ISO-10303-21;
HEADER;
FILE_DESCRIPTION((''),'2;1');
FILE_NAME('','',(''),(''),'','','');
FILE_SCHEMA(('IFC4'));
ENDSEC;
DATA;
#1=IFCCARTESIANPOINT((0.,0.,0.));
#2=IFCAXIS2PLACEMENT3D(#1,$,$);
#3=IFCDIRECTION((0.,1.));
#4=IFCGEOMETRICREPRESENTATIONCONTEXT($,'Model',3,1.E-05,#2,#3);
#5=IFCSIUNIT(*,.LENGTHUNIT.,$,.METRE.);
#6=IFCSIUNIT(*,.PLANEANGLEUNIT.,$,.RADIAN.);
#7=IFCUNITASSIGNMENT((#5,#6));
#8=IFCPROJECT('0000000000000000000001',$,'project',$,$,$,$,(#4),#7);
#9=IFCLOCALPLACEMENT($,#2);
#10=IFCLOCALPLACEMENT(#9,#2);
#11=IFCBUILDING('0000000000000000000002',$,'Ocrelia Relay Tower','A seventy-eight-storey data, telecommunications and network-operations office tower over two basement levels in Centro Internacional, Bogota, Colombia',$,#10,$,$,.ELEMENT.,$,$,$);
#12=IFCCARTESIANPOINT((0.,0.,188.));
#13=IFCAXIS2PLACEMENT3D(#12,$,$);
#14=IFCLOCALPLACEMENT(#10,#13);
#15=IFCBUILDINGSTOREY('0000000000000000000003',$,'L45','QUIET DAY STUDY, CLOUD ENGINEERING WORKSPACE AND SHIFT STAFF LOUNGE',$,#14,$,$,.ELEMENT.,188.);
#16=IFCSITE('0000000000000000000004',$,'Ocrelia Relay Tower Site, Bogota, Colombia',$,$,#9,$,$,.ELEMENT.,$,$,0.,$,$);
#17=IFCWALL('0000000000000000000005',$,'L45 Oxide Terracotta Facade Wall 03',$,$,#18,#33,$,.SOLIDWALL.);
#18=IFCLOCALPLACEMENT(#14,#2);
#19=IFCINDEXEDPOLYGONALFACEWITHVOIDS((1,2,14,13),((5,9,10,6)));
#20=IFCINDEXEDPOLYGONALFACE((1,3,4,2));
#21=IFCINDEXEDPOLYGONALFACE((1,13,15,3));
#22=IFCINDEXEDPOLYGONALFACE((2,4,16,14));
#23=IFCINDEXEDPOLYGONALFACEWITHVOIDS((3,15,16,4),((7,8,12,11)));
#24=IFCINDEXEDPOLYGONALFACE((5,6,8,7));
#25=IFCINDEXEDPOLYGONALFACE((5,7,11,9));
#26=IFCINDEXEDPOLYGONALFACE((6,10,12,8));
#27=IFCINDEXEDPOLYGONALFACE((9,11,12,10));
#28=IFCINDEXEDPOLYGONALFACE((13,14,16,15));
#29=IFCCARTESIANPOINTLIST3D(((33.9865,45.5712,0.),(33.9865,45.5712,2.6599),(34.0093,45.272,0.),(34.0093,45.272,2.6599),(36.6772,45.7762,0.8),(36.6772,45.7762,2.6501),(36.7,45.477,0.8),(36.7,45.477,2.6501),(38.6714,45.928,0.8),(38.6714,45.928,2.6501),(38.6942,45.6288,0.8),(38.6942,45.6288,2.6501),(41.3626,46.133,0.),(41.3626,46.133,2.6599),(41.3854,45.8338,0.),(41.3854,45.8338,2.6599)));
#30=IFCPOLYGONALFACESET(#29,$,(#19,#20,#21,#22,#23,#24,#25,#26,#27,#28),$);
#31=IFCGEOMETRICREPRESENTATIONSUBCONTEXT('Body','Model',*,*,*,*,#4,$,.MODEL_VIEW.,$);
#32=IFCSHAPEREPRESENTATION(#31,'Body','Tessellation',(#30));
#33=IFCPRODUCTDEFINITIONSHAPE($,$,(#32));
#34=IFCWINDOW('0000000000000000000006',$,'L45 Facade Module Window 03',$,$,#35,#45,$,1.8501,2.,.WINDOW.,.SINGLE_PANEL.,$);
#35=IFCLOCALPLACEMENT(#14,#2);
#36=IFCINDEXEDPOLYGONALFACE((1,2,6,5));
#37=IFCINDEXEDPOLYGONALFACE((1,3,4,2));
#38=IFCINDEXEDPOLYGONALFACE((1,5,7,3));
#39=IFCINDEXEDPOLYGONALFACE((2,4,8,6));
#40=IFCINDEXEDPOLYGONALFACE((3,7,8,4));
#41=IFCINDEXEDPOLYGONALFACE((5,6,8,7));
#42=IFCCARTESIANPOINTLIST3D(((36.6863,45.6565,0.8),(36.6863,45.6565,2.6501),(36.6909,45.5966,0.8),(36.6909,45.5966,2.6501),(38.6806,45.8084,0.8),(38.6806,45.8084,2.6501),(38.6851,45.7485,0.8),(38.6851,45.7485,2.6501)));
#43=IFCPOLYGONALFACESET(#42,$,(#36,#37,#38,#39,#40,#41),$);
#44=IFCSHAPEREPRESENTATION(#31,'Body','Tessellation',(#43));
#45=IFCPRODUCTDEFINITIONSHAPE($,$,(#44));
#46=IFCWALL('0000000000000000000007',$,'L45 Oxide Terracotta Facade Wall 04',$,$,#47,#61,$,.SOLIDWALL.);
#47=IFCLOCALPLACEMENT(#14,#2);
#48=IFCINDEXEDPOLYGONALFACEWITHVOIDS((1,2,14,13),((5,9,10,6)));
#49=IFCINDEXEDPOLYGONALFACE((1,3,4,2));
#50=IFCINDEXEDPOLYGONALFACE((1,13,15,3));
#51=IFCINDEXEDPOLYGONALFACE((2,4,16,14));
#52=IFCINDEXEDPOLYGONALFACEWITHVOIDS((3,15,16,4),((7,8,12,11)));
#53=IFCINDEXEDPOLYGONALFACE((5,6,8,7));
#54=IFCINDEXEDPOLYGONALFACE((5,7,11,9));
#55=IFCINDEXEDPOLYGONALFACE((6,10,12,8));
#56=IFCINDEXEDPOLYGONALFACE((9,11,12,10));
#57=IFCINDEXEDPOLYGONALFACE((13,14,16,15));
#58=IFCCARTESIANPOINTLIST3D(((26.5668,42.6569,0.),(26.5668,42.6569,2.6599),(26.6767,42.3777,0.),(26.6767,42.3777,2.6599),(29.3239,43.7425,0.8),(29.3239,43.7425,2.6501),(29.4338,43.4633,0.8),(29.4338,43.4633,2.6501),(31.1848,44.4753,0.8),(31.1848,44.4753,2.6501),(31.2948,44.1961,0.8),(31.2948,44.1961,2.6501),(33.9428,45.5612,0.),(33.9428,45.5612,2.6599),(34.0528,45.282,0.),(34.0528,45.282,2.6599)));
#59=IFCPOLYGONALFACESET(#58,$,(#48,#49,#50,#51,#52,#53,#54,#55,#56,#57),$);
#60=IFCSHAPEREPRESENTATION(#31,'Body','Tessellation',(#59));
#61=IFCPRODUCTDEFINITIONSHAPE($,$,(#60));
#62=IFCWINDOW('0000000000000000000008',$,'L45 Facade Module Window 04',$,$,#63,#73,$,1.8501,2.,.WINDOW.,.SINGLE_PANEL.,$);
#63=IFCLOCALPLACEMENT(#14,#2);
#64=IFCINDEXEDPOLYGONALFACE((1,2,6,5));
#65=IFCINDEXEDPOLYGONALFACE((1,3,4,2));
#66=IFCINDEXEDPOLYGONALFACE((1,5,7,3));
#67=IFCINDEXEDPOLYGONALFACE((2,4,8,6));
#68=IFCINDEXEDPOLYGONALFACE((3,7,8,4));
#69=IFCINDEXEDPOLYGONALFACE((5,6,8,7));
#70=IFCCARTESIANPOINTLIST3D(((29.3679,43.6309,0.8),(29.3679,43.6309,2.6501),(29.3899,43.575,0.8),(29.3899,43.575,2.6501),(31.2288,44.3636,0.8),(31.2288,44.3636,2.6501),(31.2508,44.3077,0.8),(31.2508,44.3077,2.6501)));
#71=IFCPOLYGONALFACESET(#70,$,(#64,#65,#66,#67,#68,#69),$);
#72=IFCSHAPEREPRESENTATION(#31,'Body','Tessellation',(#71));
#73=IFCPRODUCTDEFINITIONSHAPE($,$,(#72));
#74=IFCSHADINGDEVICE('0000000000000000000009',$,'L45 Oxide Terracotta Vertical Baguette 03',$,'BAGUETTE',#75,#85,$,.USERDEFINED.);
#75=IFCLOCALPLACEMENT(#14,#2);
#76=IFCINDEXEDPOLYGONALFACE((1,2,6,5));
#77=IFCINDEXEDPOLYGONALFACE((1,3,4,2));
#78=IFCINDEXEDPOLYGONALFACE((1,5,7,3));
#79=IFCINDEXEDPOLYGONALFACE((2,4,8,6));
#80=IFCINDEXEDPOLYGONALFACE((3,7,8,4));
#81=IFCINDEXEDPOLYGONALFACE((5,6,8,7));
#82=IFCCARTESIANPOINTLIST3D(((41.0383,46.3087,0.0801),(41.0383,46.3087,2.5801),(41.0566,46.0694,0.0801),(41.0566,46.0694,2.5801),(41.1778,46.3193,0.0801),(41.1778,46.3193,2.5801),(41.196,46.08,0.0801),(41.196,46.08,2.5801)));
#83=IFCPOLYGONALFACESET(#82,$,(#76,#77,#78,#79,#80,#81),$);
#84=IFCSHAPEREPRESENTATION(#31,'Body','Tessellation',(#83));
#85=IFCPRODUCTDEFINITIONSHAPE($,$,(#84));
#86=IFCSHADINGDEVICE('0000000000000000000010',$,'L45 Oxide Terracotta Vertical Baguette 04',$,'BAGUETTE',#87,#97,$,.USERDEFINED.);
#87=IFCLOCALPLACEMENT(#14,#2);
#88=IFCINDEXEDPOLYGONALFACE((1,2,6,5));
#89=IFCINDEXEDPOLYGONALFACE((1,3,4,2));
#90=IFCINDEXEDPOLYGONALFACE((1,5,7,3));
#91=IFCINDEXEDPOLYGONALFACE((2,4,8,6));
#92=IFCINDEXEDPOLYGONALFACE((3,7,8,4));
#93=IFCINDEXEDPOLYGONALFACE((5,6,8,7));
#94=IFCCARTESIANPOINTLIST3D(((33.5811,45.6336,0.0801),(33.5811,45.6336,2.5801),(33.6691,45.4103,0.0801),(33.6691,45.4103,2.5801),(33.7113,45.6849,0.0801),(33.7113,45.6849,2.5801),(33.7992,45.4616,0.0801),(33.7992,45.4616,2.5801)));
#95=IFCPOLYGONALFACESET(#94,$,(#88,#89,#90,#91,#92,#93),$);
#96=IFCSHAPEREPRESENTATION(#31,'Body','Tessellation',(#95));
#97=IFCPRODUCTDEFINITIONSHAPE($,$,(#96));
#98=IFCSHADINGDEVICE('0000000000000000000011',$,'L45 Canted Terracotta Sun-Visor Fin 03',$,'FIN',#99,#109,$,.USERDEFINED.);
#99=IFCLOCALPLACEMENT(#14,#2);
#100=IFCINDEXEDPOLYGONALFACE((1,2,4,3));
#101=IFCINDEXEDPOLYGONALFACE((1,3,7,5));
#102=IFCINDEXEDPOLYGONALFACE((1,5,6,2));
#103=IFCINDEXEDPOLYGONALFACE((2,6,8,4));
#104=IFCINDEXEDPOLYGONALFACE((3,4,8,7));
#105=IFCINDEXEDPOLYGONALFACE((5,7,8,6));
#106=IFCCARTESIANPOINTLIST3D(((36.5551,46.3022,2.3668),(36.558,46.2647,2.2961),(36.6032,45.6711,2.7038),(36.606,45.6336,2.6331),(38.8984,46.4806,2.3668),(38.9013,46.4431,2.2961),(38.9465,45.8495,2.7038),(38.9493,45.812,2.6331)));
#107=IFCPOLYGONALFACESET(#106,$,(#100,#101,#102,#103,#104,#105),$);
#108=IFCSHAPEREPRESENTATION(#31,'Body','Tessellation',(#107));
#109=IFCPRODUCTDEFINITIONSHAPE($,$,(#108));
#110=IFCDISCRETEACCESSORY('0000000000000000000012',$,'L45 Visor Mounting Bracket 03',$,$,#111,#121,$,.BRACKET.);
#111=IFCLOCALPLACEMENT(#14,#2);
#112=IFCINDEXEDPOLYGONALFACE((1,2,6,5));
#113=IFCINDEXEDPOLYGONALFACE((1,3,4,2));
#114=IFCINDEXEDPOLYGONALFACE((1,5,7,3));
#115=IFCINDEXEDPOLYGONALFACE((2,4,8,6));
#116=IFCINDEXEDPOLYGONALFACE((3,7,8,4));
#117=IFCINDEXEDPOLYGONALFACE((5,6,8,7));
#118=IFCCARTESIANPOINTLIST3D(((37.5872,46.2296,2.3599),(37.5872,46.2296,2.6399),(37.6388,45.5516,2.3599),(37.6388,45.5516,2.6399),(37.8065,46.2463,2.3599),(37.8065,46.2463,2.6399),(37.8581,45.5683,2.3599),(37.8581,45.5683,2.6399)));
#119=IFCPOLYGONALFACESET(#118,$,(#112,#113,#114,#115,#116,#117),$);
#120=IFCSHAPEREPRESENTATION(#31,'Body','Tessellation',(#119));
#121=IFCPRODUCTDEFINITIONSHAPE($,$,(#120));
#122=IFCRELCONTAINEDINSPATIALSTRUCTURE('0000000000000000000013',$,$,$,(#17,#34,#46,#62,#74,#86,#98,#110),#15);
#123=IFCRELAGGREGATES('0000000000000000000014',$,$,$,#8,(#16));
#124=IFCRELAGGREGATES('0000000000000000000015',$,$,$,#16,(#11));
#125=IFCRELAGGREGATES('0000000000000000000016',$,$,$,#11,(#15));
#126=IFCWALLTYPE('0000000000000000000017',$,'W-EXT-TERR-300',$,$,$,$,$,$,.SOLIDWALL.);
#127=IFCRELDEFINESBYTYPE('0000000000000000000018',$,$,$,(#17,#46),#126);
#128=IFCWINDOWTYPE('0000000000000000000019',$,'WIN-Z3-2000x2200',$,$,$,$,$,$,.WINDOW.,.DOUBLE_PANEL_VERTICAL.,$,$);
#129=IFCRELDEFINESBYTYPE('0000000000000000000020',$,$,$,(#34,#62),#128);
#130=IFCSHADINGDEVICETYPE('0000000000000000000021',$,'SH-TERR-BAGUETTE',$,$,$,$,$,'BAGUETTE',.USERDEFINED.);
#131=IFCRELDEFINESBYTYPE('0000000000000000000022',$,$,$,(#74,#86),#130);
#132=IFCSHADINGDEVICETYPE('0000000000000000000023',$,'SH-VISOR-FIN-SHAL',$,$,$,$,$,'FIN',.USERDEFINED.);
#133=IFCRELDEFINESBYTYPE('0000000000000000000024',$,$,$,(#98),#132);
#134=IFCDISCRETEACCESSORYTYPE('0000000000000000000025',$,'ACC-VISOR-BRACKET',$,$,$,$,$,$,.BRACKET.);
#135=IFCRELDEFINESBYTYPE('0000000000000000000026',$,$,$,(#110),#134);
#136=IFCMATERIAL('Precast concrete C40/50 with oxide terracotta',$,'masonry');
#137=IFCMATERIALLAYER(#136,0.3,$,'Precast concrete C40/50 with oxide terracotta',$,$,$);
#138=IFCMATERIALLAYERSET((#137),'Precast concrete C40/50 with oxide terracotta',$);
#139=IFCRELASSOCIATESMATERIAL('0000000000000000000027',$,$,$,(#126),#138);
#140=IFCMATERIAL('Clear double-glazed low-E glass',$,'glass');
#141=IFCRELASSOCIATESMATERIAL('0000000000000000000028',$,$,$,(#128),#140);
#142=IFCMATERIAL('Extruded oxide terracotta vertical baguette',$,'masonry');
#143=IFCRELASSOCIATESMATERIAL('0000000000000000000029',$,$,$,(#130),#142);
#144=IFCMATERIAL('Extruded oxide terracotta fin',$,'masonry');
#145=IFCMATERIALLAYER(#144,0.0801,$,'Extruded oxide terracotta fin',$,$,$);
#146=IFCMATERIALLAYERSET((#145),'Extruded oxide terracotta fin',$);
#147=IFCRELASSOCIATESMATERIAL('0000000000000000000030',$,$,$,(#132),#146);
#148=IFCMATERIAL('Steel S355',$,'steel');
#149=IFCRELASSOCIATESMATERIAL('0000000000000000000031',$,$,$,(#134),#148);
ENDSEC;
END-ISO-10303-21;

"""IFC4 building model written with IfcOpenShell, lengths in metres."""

from ifc_helpers import new_model, si_unit, direction, frame, frame_2d, origin, origin_2d, place, context, subcontext, project, spatial, rectangle, extrude, material, layer, layer_set, type_object, element, fill, save


model = new_model("IFC4")

# Units and contexts
model_context = context("Model", 3, precision=1e-05, world=origin(), true_north=direction((0.0, 1.0)))
body_context = subcontext(model_context, "Body", "Model", "MODEL_VIEW")
ifc_project = project(units=[si_unit("LENGTHUNIT", "METRE"), si_unit("PLANEANGLEUNIT", "RADIAN")], contexts=[model_context])

# Site, building, storey
site_placement = place(None, origin())
site = spatial("IfcSite", under=ifc_project, at=site_placement, Name="Ocrelia Relay Tower Site, Bogota, Colombia", CompositionType="ELEMENT", RefElevation=0.0)
building_placement = place(site_placement, origin())
building = spatial("IfcBuilding", under=site, at=building_placement, Name="Ocrelia Relay Tower", Description="A seventy-eight-storey data, telecommunications and network-operations office tower over two basement levels in Centro Internacional, Bogota, Colombia", CompositionType="ELEMENT")
storey_placement = place(building_placement, frame((0.0, 0.0, 188.0)))
storey = spatial("IfcBuildingStorey", under=building, at=storey_placement, Name="L45", Description="QUIET DAY STUDY, CLOUD ENGINEERING WORKSPACE AND SHIFT STAFF LOUNGE", CompositionType="ELEMENT", Elevation=188.0)

# Shared definitions
ifc_material_1 = material(Name="Steel S355", Category="steel")

# Walls, openings, windows
ifc_material_2 = material(Name="Precast concrete C40/50 with oxide terracotta", Category="masonry")
ifc_layer_1 = layer(ifc_material_2, 0.3, Name="Precast concrete C40/50 with oxide terracotta")
ifc_layer_set_1 = layer_set([ifc_layer_1], Name="Precast concrete C40/50 with oxide terracotta")
wall_type_1 = type_object("IfcWallType", Name="W-EXT-TERR-300", PredefinedType="SOLIDWALL", material=ifc_layer_set_1)
wall_1_placement = place(storey_placement, frame((41.374, 45.9834, 0.0), z_axis=(0.0, 0.0, 1.0), x_axis=(-0.997112, -0.075939, 0.0)))
wall_1 = element("IfcWall", 1, at=wall_1_placement, inside=storey, type_object=wall_type_1, Name="L45 Oxide Terracotta Facade Wall 03", PredefinedType="SOLIDWALL", context=body_context, shape_type="SweptSolid", body=[
    extrude(rectangle(XDim=7.3975, YDim=0.3, at=frame_2d((3.6987, 0.0))), origin(), (0.0, 0.0, 1.0), 2.6599),
])
opening_1_placement = place(wall_1_placement, frame((2.699, 0.0, 0.8)))
opening_1 = element("IfcOpeningElement", 2, at=opening_1_placement, cuts=wall_1, PredefinedType="OPENING", context=body_context, shape_type="SweptSolid", body=[
    extrude(rectangle(XDim=2.0, YDim=1.8501, at=frame_2d((1.0, 0.925))), frame((0.0, 0.1602, 0.0), z_axis=(0.0, -1.0, 0.0), x_axis=(1.0, 0.0, 0.0)), (0.0, 0.0, 1.0), 0.3201),
])
ifc_material_3 = material(Name="Clear double-glazed low-E glass", Category="glass")
window_type = type_object("IfcWindowType", Name="WIN-Z3-2000x2200", PartitioningType="DOUBLE_PANEL_VERTICAL", PredefinedType="WINDOW", material=ifc_material_3)
window_1_placement = place(opening_1_placement, origin())
window_1 = element("IfcWindow", 3, at=window_1_placement, inside=storey, type_object=window_type, Name="L45 Facade Module Window 03", OverallHeight=1.8501, OverallWidth=2.0, PartitioningType="SINGLE_PANEL", PredefinedType="WINDOW", context=body_context, shape_type="SweptSolid", body=[
    extrude(rectangle(XDim=2.0, YDim=1.8501, at=frame_2d((1.0, 0.925))), frame((0.0, 0.03, 0.0), z_axis=(0.0, -1.0, 0.0), x_axis=(1.0, 0.0, 0.0)), (0.0, 0.0, 1.0), 0.0601),
])
fill(opening_1, window_1)
wall_2_placement = place(storey_placement, frame((33.9978, 45.4216, 0.0), z_axis=(0.0, 0.0, 1.0), x_axis=(-0.930468, -0.366373, 0.0)))
wall_2 = element("IfcWall", 4, at=wall_2_placement, inside=storey, type_object=wall_type_1, Name="L45 Oxide Terracotta Facade Wall 04", PredefinedType="SOLIDWALL", context=body_context, shape_type="SweptSolid", body=[
    extrude(rectangle(XDim=7.9272, YDim=0.3, at=frame_2d((3.9636, 0.0))), origin(), (0.0, 0.0, 1.0), 2.6599),
])
opening_2_placement = place(wall_2_placement, frame((2.9641, 0.0, 0.8)))
opening_2 = element("IfcOpeningElement", 5, at=opening_2_placement, cuts=wall_2, PredefinedType="OPENING", context=body_context, shape_type="SweptSolid", body=[
    extrude(rectangle(XDim=2.0, YDim=1.8501, at=frame_2d((1.0, 0.925))), frame((0.0, 0.1602, 0.0), z_axis=(0.0, -1.0, 0.0), x_axis=(1.0, 0.0, 0.0)), (0.0, 0.0, 1.0), 0.3201),
])
window_2_placement = place(opening_2_placement, origin())
window_2 = element("IfcWindow", 6, at=window_2_placement, inside=storey, type_object=window_type, Name="L45 Facade Module Window 04", OverallHeight=1.8501, OverallWidth=2.0, PartitioningType="SINGLE_PANEL", PredefinedType="WINDOW", context=body_context, shape_type="SweptSolid", body=[
    extrude(rectangle(XDim=2.0, YDim=1.8501, at=frame_2d((1.0, 0.925))), frame((0.0, 0.03, 0.0), z_axis=(0.0, -1.0, 0.0), x_axis=(1.0, 0.0, 0.0)), (0.0, 0.0, 1.0), 0.0601),
])
fill(opening_2, window_2)

# Shading devices
ifc_material_4 = material(Name="Extruded oxide terracotta vertical baguette", Category="masonry")
shading_device_type_1 = type_object("IfcShadingDeviceType", Name="SH-TERR-BAGUETTE", ElementType="BAGUETTE", PredefinedType="USERDEFINED", material=ifc_material_4)
for number, where, z_axis, x_axis, name in (
    (7, (41.1172, 46.1943, 0.0801), (0.0, 0.0, 1.0), (-0.997113, -0.07593, 0.0), "L45 Oxide Terracotta Vertical Baguette 03"),
    (8, (33.6902, 45.5476, 0.0801), (0.0, 0.0, 1.0), (-0.930471, -0.366365, 0.0), "L45 Oxide Terracotta Vertical Baguette 04"),
):
    element("IfcShadingDevice", number, at=place(storey_placement, frame(where, z_axis=z_axis, x_axis=x_axis)), inside=storey, type_object=shading_device_type_1, Name=name, ObjectType="BAGUETTE", PredefinedType="USERDEFINED", context=body_context, shape_type="SweptSolid", body=[
        extrude(rectangle(XDim=0.1399, YDim=0.24, at=origin_2d()), origin(), (0.0, 0.0, 1.0), 2.5),
    ])
ifc_material_5 = material(Name="Extruded oxide terracotta fin", Category="masonry")
ifc_layer_2 = layer(ifc_material_5, 0.0801, Name="Extruded oxide terracotta fin")
ifc_layer_set_2 = layer_set([ifc_layer_2], Name="Extruded oxide terracotta fin")
shading_device_type_2 = type_object("IfcShadingDeviceType", Name="SH-VISOR-FIN-SHAL", ElementType="FIN", PredefinedType="USERDEFINED", material=ifc_layer_set_2)
shading_device_placement = place(storey_placement, frame((37.7537, 46.0383, 2.4646), z_axis=(-0.035682, 0.468577, 0.882702), x_axis=(-0.997113, -0.07593, 0.0)))
element("IfcShadingDevice", 9, at=shading_device_placement, inside=storey, type_object=shading_device_type_2, Name="L45 Canted Terracotta Sun-Visor Fin 03", ObjectType="FIN", PredefinedType="USERDEFINED", context=body_context, shape_type="SweptSolid", body=[
    extrude(rectangle(XDim=2.3501, YDim=0.717, at=origin_2d()), origin(), (0.0, 0.0, 1.0), 0.0801),
])

# Discrete accessory
discrete_accessory_type = type_object("IfcDiscreteAccessoryType", Name="ACC-VISOR-BRACKET", PredefinedType="BRACKET", material=ifc_material_1)
discrete_accessory_placement = place(storey_placement, frame((37.7227, 45.8989, 2.3599), z_axis=(0.0, 0.0, 1.0), x_axis=(-0.997113, -0.07593, 0.0)))
element("IfcDiscreteAccessory", 10, at=discrete_accessory_placement, inside=storey, type_object=discrete_accessory_type, Name="L45 Visor Mounting Bracket 03", PredefinedType="BRACKET", context=body_context, shape_type="SweptSolid", body=[
    extrude(rectangle(XDim=0.22, YDim=0.6799, at=origin_2d()), origin(), (0.0, 0.0, 1.0), 0.28),
])

save(model, "model.ifc")
